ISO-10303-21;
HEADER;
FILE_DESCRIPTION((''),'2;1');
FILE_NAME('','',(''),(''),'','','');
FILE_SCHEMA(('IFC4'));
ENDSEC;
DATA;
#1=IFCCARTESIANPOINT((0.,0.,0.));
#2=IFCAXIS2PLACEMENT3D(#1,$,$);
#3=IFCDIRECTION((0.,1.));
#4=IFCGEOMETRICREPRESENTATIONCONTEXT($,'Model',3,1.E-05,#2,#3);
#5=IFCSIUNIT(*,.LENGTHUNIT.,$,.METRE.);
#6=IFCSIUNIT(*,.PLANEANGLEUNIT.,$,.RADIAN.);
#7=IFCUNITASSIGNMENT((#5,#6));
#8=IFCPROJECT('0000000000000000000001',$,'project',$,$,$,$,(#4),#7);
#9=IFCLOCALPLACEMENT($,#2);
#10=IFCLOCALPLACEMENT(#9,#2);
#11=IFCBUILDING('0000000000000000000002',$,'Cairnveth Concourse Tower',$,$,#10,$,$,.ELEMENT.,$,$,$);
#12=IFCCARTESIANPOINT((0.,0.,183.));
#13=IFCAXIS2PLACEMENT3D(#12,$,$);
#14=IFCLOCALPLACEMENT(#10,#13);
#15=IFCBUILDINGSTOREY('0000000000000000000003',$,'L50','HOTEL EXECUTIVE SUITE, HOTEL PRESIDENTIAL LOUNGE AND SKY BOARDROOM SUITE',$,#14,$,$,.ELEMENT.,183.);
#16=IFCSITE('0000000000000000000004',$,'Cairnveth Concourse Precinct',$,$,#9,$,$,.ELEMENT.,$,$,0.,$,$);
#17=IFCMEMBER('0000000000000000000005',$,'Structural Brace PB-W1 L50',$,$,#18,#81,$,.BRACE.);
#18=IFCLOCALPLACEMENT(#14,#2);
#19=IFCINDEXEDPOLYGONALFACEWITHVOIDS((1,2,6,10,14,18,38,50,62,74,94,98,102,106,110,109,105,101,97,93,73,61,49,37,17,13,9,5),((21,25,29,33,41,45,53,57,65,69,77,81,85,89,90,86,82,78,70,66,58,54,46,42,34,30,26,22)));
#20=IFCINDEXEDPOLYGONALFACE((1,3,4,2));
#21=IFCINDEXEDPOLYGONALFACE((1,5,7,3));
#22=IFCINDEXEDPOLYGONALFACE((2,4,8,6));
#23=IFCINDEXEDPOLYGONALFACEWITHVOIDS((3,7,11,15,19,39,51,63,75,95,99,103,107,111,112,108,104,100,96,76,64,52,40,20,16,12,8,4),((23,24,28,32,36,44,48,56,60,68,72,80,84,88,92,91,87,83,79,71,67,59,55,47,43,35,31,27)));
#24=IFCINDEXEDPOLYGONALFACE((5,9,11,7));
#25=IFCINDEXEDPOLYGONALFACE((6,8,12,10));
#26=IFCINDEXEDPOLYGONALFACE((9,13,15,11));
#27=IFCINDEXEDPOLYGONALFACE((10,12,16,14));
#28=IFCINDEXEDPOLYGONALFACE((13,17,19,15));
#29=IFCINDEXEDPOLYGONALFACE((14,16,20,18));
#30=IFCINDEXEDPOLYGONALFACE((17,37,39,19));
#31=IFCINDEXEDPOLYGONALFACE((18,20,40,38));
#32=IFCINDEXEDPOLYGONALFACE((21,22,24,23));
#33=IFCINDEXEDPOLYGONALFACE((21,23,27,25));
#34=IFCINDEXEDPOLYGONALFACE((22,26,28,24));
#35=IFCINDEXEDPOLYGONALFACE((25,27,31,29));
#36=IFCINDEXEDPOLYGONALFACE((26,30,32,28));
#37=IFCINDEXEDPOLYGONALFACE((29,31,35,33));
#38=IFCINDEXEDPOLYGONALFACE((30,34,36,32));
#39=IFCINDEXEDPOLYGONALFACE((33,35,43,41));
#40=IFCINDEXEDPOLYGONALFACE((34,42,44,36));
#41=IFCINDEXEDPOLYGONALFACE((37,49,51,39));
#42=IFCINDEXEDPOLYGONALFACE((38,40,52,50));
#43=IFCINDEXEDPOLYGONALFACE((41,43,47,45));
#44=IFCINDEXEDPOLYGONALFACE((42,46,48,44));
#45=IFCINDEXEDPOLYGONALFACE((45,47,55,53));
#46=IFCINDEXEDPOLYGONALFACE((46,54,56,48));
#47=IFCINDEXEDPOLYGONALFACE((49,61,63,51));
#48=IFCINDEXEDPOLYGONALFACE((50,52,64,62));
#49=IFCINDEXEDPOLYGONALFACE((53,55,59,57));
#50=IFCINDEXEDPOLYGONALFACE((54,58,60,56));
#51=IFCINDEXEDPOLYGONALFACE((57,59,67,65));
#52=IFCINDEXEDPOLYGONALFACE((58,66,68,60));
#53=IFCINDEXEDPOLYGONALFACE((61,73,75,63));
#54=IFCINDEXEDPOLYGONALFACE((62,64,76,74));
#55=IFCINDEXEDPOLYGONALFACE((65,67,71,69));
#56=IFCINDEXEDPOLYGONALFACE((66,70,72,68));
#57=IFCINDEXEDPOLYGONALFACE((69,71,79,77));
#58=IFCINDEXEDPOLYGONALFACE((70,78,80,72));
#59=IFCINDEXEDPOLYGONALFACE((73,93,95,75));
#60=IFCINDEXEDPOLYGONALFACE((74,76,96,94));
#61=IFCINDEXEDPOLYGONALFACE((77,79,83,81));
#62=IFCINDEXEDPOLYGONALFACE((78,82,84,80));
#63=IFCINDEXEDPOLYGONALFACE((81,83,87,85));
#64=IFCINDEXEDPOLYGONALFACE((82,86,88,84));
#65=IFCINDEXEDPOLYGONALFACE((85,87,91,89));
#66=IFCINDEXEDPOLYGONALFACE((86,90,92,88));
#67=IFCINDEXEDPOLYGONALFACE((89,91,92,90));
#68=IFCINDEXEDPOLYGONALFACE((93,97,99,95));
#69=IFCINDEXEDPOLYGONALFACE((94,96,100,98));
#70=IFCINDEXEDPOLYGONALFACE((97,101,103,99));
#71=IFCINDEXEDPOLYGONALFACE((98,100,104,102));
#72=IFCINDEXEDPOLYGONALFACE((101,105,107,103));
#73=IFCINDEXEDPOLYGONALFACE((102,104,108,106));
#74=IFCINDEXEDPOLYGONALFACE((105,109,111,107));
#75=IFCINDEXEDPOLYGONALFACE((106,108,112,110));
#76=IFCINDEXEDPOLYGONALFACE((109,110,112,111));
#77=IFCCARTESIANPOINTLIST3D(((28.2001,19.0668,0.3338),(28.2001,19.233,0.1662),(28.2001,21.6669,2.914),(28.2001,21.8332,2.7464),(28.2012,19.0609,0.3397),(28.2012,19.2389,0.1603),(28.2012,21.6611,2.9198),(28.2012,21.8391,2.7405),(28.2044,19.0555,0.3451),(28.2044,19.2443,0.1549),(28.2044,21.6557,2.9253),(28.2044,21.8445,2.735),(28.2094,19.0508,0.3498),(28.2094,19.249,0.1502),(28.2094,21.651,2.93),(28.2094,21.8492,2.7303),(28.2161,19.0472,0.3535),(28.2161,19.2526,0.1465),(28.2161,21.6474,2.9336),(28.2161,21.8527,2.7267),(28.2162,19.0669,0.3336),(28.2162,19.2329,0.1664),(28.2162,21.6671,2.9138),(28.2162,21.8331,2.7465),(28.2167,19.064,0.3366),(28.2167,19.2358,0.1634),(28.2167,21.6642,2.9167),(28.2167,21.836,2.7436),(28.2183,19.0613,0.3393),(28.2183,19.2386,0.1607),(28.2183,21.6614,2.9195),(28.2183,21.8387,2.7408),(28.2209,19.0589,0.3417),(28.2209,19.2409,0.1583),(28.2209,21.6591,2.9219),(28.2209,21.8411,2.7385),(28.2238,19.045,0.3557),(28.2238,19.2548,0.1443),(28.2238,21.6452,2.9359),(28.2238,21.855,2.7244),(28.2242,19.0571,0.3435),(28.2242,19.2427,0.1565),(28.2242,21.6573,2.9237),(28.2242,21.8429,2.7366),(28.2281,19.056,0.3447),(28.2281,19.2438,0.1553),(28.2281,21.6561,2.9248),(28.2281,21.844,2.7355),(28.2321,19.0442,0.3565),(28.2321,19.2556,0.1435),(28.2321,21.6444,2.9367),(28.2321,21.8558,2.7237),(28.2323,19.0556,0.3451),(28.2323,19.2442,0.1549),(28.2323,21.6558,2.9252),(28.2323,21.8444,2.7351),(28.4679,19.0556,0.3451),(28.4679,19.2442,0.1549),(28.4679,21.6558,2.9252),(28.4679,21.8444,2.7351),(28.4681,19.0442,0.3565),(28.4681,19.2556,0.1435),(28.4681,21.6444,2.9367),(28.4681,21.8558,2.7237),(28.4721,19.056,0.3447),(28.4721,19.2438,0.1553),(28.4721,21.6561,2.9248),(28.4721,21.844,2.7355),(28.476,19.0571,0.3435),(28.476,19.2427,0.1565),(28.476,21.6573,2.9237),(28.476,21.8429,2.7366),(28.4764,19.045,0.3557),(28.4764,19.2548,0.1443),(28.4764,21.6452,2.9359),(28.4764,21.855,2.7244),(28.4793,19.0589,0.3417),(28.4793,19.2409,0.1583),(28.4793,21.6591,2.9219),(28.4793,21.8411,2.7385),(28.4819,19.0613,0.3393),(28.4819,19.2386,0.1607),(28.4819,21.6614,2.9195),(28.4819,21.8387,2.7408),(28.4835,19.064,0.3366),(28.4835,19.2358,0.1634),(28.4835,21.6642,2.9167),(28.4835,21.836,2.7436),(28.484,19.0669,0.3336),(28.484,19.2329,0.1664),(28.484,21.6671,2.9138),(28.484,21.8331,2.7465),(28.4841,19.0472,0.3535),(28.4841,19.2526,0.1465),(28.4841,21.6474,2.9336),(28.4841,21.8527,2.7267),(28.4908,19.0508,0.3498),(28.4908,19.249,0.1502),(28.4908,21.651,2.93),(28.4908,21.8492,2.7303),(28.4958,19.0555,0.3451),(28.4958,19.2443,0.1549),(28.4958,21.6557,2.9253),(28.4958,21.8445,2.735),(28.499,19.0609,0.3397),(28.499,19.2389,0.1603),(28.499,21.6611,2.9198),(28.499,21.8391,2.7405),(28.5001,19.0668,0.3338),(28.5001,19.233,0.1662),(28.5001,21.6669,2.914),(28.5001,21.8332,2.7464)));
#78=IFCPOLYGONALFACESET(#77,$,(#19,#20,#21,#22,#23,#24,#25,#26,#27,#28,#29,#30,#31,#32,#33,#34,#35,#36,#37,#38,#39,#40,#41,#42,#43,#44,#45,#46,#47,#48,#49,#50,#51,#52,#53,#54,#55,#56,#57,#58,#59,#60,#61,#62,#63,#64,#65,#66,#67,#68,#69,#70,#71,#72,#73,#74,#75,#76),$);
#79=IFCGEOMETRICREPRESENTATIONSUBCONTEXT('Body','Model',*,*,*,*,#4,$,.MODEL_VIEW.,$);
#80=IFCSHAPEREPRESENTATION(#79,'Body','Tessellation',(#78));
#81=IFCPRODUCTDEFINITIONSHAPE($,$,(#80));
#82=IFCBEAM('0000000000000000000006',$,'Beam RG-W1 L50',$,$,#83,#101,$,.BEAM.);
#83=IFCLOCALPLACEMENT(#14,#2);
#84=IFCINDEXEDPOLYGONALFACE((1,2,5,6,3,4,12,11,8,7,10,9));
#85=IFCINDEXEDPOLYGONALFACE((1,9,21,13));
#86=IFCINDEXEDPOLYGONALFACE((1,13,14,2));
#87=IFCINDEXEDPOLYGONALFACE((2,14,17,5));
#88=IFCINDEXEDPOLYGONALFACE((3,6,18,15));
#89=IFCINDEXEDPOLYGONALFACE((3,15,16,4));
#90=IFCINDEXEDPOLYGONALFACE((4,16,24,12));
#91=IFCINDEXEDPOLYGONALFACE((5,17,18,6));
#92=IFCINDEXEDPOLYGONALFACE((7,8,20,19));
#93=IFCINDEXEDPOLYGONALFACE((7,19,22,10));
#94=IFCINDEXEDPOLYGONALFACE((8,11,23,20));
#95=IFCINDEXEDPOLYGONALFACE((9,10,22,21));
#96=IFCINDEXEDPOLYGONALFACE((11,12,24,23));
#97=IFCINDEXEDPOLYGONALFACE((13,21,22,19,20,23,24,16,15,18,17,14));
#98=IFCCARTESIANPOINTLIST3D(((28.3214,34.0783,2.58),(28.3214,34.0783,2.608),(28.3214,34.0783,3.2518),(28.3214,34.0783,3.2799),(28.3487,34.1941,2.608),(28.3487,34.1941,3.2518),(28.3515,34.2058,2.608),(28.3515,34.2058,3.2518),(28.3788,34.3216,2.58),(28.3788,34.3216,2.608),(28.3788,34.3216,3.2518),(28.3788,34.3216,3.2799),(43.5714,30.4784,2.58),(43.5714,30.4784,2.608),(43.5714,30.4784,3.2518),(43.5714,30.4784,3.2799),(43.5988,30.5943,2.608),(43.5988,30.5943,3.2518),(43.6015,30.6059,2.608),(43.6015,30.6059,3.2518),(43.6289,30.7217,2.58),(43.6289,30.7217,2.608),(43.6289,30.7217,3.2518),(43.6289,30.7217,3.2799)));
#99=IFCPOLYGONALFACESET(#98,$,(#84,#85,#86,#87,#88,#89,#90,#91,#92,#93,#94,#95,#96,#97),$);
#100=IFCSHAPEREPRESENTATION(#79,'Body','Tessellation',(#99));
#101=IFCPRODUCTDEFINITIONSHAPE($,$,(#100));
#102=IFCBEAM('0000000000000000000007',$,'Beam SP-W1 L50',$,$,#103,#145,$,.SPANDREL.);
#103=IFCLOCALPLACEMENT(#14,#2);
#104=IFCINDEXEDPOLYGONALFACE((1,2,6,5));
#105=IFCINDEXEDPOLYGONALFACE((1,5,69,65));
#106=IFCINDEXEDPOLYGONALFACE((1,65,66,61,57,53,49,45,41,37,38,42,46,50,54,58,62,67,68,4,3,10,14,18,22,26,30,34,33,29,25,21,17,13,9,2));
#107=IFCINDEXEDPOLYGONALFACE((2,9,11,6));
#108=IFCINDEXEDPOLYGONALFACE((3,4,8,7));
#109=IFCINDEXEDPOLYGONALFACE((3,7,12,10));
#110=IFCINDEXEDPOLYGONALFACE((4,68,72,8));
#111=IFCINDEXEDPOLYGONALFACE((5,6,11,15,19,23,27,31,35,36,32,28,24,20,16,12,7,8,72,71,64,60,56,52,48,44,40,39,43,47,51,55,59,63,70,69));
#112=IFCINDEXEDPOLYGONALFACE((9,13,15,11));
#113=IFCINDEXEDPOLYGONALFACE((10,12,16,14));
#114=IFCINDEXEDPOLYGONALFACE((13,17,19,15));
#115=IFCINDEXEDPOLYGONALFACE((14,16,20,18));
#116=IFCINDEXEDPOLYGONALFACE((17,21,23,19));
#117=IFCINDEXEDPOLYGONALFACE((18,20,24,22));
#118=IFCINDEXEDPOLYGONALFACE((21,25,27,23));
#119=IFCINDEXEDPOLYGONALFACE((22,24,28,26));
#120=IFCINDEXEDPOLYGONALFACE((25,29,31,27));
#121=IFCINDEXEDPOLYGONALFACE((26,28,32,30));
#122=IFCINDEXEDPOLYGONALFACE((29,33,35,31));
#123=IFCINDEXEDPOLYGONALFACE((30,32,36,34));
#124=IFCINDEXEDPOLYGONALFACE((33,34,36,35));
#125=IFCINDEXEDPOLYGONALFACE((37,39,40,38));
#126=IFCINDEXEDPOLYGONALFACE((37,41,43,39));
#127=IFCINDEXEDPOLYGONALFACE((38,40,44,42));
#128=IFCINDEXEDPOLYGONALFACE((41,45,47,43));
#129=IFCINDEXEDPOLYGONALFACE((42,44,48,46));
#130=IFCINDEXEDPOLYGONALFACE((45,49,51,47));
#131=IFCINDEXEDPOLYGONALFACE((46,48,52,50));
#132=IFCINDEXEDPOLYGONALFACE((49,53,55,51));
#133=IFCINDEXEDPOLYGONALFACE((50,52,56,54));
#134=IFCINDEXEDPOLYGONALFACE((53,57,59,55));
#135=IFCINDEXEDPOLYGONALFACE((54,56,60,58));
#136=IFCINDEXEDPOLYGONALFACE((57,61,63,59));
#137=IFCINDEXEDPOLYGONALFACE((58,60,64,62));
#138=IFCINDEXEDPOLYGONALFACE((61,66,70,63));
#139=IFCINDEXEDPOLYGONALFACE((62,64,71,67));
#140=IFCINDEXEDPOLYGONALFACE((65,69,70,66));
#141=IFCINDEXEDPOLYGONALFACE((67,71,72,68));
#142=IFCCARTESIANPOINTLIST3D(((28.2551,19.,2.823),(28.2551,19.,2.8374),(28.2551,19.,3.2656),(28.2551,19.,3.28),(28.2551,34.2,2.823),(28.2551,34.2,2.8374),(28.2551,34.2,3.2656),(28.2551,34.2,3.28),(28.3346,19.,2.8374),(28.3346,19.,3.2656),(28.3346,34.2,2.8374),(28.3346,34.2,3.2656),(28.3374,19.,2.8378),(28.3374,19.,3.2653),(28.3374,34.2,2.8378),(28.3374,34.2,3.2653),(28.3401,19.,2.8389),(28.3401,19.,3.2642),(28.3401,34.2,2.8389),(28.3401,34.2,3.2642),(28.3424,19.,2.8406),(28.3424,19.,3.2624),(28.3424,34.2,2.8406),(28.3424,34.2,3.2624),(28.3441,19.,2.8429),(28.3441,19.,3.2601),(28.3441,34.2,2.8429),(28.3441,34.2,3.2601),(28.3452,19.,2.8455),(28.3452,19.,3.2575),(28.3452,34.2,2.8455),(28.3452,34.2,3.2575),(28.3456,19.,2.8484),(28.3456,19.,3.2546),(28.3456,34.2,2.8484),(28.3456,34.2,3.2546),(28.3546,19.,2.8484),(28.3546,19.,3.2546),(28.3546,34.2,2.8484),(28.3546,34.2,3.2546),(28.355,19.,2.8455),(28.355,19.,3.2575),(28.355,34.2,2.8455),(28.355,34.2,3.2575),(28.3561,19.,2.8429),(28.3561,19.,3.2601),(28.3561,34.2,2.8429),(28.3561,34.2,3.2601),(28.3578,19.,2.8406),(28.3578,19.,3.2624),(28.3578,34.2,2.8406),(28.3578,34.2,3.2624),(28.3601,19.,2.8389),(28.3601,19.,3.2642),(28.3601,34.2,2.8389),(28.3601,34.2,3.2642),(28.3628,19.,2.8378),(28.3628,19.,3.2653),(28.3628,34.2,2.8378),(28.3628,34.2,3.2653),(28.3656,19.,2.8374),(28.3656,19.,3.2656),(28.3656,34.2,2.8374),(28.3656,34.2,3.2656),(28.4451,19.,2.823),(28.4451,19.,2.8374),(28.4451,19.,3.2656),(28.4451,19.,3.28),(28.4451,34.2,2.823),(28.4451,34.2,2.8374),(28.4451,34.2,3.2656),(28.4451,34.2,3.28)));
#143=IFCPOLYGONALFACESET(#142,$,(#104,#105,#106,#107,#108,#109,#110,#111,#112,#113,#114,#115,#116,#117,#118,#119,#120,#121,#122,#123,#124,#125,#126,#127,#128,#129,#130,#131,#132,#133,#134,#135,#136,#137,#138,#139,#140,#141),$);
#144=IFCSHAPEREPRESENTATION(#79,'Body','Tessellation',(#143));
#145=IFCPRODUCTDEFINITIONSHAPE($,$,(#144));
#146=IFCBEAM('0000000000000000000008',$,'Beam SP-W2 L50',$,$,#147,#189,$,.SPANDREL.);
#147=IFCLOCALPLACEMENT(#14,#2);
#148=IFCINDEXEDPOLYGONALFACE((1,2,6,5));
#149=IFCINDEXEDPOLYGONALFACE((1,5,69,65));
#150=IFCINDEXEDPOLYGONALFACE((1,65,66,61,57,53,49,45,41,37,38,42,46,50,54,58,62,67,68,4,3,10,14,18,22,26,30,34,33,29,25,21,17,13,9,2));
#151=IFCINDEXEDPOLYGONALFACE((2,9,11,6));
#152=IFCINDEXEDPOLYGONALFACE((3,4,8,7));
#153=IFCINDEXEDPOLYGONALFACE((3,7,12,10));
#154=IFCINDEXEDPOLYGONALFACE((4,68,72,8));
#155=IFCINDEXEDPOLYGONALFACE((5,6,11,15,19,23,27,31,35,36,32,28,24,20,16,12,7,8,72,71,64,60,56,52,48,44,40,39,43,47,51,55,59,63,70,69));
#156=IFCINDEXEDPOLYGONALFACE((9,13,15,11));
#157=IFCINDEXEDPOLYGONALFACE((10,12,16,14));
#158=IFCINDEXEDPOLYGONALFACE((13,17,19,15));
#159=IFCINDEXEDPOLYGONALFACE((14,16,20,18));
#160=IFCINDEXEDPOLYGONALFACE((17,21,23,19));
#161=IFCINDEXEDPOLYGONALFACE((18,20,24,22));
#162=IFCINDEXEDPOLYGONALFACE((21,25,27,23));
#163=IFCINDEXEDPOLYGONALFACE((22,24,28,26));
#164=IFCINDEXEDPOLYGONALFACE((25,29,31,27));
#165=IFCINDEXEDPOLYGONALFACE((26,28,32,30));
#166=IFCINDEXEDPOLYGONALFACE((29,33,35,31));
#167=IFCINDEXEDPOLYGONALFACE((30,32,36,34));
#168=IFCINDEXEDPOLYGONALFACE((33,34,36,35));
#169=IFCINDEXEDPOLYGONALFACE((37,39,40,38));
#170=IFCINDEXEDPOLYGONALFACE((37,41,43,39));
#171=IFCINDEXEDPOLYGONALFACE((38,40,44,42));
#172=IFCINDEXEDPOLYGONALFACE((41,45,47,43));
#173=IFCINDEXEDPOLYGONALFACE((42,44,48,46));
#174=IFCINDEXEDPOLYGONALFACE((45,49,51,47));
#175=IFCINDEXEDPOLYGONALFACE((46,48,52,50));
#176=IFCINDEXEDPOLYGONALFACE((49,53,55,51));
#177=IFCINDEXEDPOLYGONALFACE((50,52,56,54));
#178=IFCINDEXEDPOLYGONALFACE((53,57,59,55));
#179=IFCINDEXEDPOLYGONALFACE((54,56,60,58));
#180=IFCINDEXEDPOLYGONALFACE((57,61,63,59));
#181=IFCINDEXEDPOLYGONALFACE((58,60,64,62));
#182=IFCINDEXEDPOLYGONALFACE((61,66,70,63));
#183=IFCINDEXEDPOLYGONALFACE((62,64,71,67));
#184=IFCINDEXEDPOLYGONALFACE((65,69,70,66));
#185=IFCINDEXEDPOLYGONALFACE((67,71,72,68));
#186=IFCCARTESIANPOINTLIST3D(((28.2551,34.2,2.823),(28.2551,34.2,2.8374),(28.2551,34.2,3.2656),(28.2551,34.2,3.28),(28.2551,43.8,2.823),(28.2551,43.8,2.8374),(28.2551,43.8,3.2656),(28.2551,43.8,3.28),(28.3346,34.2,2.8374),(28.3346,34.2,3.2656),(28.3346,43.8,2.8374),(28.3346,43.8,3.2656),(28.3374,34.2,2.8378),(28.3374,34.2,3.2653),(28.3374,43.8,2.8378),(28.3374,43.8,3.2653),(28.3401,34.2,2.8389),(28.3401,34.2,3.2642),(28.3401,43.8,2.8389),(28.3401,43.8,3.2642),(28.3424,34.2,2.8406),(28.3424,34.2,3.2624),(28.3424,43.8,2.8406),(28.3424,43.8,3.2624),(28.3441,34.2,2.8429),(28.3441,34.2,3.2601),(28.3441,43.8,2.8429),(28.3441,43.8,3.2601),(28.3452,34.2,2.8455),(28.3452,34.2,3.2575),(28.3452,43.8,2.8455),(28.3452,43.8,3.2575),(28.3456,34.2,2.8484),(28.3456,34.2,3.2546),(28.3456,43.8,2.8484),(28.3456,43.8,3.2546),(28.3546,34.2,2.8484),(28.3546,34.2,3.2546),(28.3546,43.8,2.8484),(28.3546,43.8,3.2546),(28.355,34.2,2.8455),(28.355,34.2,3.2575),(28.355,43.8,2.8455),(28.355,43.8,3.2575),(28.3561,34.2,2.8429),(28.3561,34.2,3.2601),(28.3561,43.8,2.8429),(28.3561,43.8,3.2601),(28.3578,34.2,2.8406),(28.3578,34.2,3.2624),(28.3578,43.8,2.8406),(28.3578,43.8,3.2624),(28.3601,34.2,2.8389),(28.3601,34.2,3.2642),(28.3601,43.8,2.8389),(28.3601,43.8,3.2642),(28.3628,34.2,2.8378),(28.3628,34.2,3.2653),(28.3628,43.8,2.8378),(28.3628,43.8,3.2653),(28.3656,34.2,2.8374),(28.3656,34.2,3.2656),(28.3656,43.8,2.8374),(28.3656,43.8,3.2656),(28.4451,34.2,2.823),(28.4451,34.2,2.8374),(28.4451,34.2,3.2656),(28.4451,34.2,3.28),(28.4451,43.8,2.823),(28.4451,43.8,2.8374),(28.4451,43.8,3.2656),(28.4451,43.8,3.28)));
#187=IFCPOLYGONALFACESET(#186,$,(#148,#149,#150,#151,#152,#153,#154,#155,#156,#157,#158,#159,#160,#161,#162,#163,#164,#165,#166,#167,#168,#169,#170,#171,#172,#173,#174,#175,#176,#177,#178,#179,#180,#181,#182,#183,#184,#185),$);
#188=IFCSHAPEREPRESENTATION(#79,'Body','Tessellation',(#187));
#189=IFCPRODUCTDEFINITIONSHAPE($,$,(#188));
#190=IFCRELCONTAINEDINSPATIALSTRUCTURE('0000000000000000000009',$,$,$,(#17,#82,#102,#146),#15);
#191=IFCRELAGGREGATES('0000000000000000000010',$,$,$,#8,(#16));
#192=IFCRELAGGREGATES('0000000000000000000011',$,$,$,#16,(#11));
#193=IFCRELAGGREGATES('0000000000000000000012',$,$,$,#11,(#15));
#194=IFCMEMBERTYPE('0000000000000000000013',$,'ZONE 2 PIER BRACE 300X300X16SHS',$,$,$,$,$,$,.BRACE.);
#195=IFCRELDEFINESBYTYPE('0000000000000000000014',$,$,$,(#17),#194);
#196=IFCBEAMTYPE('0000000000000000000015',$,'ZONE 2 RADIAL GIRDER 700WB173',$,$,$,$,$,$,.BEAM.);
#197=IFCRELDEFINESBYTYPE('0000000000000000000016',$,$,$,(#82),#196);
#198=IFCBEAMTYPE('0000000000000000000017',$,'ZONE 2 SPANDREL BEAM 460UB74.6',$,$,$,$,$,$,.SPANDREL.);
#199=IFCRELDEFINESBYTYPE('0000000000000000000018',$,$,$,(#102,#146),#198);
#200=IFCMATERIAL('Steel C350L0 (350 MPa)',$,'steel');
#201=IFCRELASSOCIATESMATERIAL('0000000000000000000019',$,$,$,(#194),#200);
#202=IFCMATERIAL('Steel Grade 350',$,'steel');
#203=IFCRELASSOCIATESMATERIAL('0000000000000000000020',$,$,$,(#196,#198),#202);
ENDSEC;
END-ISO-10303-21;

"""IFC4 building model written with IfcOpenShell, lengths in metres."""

from ifc_helpers import new_model, si_unit, direction, frame, origin, origin_2d, place, context, subcontext, project, spatial, hollow_rectangle, i_section, extrude, material, material_profile, profile_set, type_object, element, save


model = new_model("IFC4")

# Units and contexts
model_context = context("Model", 3, precision=1e-05, world=origin(), true_north=direction((0.0, 1.0)))
body_context = subcontext(model_context, "Body", "Model", "MODEL_VIEW")
ifc_project = project(units=[si_unit("LENGTHUNIT", "METRE"), si_unit("PLANEANGLEUNIT", "RADIAN")], contexts=[model_context])

# Site, building, storey
site_placement = place(None, origin())
site = spatial("IfcSite", under=ifc_project, at=site_placement, Name="Cairnveth Concourse Precinct", CompositionType="ELEMENT", RefElevation=0.0)
building_placement = place(site_placement, origin())
building = spatial("IfcBuilding", under=site, at=building_placement, Name="Cairnveth Concourse Tower", CompositionType="ELEMENT")
storey_placement = place(building_placement, frame((0.0, 0.0, 183.0)))
storey = spatial("IfcBuildingStorey", under=building, at=storey_placement, Name="L50", Description="HOTEL EXECUTIVE SUITE, HOTEL PRESIDENTIAL LOUNGE AND SKY BOARDROOM SUITE", CompositionType="ELEMENT", Elevation=183.0)

# Shared definitions
ifc_material_1 = material(Name="Steel Grade 350", Category="steel")

# Member
ifc_material_2 = material(Name="Steel C350L0 (350 MPa)", Category="steel")
ifc_material_profile_1 = material_profile(ifc_material_2, hollow_rectangle(XDim=0.3, YDim=0.3, WallThickness=0.0161, InnerFilletRadius=0.0161, OuterFilletRadius=0.032, at=origin_2d()), Name="300x300x16.0SHS")
ifc_profile_set_1 = profile_set([ifc_material_profile_1], Name="Steel C350L0 (350 MPa)")
member_type = type_object("IfcMemberType", Name="ZONE 2 PIER BRACE 300X300X16SHS", PredefinedType="BRACE", material=ifc_profile_set_1)
member_placement = place(storey_placement, frame((28.3501, 19.1499, 0.25), z_axis=(0.0, 0.709834, 0.704369), x_axis=(-1.0, 0.0, 0.0)))
element("IfcMember", 1, at=member_placement, inside=storey, type_object=member_type, Name="Structural Brace PB-W1 L50", PredefinedType="BRACE", context=body_context, shape_type="SweptSolid", body=[
    extrude(hollow_rectangle(XDim=0.3, YDim=0.3, WallThickness=0.0161, InnerFilletRadius=0.0161, OuterFilletRadius=0.032, at=origin_2d()), origin(), (0.0, 0.0, 1.0), 3.6631),
])

# Beams
ifc_material_profile_2 = material_profile(ifc_material_1, i_section(OverallWidth=0.25, OverallDepth=0.7, WebThickness=0.012, FlangeThickness=0.0281, at=origin_2d()), Name="700WB173")
ifc_profile_set_2 = profile_set([ifc_material_profile_2], Name="Steel Grade 350")
beam_type_1 = type_object("IfcBeamType", Name="ZONE 2 RADIAL GIRDER 700WB173", PredefinedType="BEAM", material=ifc_profile_set_2)
beam_1_placement = place(storey_placement, frame((28.3501, 34.2, 2.9299), z_axis=(0.973252, -0.229742, 0.0), x_axis=(0.229742, 0.973252, 0.0)))
element("IfcBeam", 2, at=beam_1_placement, inside=storey, type_object=beam_type_1, Name="Beam RG-W1 L50", PredefinedType="BEAM", context=body_context, shape_type="SweptSolid", body=[
    extrude(i_section(OverallWidth=0.25, OverallDepth=0.7, WebThickness=0.012, FlangeThickness=0.0281, at=origin_2d()), origin(), (0.0, 0.0, 1.0), 15.6692),
])
ifc_material_profile_3 = material_profile(ifc_material_1, i_section(OverallWidth=0.1899, OverallDepth=0.457, WebThickness=0.009, FlangeThickness=0.0144, FilletRadius=0.011, at=origin_2d()), Name="460UB74.6")
ifc_profile_set_3 = profile_set([ifc_material_profile_3], Name="Steel Grade 350")
beam_type_2 = type_object("IfcBeamType", Name="ZONE 2 SPANDREL BEAM 460UB74.6", PredefinedType="SPANDREL", material=ifc_profile_set_3)
beam_2_placement = place(storey_placement, frame((28.3501, 19.0, 3.0515), z_axis=(0.0, 1.0, 0.0), x_axis=(-1.0, 0.0, 0.0)))
element("IfcBeam", 3, at=beam_2_placement, inside=storey, type_object=beam_type_2, Name="Beam SP-W1 L50", PredefinedType="SPANDREL", context=body_context, shape_type="SweptSolid", body=[
    extrude(i_section(OverallWidth=0.1899, OverallDepth=0.457, WebThickness=0.009, FlangeThickness=0.0144, FilletRadius=0.011, at=origin_2d()), origin(), (0.0, 0.0, 1.0), 15.2),
])
beam_3_placement = place(storey_placement, frame((28.3501, 34.2, 3.0515), z_axis=(0.0, 1.0, 0.0), x_axis=(-1.0, 0.0, 0.0)))
element("IfcBeam", 4, at=beam_3_placement, inside=storey, type_object=beam_type_2, Name="Beam SP-W2 L50", PredefinedType="SPANDREL", context=body_context, shape_type="SweptSolid", body=[
    extrude(i_section(OverallWidth=0.1899, OverallDepth=0.457, WebThickness=0.009, FlangeThickness=0.0144, FilletRadius=0.011, at=origin_2d()), origin(), (0.0, 0.0, 1.0), 9.6001),
])

save(model, "model.ifc")
